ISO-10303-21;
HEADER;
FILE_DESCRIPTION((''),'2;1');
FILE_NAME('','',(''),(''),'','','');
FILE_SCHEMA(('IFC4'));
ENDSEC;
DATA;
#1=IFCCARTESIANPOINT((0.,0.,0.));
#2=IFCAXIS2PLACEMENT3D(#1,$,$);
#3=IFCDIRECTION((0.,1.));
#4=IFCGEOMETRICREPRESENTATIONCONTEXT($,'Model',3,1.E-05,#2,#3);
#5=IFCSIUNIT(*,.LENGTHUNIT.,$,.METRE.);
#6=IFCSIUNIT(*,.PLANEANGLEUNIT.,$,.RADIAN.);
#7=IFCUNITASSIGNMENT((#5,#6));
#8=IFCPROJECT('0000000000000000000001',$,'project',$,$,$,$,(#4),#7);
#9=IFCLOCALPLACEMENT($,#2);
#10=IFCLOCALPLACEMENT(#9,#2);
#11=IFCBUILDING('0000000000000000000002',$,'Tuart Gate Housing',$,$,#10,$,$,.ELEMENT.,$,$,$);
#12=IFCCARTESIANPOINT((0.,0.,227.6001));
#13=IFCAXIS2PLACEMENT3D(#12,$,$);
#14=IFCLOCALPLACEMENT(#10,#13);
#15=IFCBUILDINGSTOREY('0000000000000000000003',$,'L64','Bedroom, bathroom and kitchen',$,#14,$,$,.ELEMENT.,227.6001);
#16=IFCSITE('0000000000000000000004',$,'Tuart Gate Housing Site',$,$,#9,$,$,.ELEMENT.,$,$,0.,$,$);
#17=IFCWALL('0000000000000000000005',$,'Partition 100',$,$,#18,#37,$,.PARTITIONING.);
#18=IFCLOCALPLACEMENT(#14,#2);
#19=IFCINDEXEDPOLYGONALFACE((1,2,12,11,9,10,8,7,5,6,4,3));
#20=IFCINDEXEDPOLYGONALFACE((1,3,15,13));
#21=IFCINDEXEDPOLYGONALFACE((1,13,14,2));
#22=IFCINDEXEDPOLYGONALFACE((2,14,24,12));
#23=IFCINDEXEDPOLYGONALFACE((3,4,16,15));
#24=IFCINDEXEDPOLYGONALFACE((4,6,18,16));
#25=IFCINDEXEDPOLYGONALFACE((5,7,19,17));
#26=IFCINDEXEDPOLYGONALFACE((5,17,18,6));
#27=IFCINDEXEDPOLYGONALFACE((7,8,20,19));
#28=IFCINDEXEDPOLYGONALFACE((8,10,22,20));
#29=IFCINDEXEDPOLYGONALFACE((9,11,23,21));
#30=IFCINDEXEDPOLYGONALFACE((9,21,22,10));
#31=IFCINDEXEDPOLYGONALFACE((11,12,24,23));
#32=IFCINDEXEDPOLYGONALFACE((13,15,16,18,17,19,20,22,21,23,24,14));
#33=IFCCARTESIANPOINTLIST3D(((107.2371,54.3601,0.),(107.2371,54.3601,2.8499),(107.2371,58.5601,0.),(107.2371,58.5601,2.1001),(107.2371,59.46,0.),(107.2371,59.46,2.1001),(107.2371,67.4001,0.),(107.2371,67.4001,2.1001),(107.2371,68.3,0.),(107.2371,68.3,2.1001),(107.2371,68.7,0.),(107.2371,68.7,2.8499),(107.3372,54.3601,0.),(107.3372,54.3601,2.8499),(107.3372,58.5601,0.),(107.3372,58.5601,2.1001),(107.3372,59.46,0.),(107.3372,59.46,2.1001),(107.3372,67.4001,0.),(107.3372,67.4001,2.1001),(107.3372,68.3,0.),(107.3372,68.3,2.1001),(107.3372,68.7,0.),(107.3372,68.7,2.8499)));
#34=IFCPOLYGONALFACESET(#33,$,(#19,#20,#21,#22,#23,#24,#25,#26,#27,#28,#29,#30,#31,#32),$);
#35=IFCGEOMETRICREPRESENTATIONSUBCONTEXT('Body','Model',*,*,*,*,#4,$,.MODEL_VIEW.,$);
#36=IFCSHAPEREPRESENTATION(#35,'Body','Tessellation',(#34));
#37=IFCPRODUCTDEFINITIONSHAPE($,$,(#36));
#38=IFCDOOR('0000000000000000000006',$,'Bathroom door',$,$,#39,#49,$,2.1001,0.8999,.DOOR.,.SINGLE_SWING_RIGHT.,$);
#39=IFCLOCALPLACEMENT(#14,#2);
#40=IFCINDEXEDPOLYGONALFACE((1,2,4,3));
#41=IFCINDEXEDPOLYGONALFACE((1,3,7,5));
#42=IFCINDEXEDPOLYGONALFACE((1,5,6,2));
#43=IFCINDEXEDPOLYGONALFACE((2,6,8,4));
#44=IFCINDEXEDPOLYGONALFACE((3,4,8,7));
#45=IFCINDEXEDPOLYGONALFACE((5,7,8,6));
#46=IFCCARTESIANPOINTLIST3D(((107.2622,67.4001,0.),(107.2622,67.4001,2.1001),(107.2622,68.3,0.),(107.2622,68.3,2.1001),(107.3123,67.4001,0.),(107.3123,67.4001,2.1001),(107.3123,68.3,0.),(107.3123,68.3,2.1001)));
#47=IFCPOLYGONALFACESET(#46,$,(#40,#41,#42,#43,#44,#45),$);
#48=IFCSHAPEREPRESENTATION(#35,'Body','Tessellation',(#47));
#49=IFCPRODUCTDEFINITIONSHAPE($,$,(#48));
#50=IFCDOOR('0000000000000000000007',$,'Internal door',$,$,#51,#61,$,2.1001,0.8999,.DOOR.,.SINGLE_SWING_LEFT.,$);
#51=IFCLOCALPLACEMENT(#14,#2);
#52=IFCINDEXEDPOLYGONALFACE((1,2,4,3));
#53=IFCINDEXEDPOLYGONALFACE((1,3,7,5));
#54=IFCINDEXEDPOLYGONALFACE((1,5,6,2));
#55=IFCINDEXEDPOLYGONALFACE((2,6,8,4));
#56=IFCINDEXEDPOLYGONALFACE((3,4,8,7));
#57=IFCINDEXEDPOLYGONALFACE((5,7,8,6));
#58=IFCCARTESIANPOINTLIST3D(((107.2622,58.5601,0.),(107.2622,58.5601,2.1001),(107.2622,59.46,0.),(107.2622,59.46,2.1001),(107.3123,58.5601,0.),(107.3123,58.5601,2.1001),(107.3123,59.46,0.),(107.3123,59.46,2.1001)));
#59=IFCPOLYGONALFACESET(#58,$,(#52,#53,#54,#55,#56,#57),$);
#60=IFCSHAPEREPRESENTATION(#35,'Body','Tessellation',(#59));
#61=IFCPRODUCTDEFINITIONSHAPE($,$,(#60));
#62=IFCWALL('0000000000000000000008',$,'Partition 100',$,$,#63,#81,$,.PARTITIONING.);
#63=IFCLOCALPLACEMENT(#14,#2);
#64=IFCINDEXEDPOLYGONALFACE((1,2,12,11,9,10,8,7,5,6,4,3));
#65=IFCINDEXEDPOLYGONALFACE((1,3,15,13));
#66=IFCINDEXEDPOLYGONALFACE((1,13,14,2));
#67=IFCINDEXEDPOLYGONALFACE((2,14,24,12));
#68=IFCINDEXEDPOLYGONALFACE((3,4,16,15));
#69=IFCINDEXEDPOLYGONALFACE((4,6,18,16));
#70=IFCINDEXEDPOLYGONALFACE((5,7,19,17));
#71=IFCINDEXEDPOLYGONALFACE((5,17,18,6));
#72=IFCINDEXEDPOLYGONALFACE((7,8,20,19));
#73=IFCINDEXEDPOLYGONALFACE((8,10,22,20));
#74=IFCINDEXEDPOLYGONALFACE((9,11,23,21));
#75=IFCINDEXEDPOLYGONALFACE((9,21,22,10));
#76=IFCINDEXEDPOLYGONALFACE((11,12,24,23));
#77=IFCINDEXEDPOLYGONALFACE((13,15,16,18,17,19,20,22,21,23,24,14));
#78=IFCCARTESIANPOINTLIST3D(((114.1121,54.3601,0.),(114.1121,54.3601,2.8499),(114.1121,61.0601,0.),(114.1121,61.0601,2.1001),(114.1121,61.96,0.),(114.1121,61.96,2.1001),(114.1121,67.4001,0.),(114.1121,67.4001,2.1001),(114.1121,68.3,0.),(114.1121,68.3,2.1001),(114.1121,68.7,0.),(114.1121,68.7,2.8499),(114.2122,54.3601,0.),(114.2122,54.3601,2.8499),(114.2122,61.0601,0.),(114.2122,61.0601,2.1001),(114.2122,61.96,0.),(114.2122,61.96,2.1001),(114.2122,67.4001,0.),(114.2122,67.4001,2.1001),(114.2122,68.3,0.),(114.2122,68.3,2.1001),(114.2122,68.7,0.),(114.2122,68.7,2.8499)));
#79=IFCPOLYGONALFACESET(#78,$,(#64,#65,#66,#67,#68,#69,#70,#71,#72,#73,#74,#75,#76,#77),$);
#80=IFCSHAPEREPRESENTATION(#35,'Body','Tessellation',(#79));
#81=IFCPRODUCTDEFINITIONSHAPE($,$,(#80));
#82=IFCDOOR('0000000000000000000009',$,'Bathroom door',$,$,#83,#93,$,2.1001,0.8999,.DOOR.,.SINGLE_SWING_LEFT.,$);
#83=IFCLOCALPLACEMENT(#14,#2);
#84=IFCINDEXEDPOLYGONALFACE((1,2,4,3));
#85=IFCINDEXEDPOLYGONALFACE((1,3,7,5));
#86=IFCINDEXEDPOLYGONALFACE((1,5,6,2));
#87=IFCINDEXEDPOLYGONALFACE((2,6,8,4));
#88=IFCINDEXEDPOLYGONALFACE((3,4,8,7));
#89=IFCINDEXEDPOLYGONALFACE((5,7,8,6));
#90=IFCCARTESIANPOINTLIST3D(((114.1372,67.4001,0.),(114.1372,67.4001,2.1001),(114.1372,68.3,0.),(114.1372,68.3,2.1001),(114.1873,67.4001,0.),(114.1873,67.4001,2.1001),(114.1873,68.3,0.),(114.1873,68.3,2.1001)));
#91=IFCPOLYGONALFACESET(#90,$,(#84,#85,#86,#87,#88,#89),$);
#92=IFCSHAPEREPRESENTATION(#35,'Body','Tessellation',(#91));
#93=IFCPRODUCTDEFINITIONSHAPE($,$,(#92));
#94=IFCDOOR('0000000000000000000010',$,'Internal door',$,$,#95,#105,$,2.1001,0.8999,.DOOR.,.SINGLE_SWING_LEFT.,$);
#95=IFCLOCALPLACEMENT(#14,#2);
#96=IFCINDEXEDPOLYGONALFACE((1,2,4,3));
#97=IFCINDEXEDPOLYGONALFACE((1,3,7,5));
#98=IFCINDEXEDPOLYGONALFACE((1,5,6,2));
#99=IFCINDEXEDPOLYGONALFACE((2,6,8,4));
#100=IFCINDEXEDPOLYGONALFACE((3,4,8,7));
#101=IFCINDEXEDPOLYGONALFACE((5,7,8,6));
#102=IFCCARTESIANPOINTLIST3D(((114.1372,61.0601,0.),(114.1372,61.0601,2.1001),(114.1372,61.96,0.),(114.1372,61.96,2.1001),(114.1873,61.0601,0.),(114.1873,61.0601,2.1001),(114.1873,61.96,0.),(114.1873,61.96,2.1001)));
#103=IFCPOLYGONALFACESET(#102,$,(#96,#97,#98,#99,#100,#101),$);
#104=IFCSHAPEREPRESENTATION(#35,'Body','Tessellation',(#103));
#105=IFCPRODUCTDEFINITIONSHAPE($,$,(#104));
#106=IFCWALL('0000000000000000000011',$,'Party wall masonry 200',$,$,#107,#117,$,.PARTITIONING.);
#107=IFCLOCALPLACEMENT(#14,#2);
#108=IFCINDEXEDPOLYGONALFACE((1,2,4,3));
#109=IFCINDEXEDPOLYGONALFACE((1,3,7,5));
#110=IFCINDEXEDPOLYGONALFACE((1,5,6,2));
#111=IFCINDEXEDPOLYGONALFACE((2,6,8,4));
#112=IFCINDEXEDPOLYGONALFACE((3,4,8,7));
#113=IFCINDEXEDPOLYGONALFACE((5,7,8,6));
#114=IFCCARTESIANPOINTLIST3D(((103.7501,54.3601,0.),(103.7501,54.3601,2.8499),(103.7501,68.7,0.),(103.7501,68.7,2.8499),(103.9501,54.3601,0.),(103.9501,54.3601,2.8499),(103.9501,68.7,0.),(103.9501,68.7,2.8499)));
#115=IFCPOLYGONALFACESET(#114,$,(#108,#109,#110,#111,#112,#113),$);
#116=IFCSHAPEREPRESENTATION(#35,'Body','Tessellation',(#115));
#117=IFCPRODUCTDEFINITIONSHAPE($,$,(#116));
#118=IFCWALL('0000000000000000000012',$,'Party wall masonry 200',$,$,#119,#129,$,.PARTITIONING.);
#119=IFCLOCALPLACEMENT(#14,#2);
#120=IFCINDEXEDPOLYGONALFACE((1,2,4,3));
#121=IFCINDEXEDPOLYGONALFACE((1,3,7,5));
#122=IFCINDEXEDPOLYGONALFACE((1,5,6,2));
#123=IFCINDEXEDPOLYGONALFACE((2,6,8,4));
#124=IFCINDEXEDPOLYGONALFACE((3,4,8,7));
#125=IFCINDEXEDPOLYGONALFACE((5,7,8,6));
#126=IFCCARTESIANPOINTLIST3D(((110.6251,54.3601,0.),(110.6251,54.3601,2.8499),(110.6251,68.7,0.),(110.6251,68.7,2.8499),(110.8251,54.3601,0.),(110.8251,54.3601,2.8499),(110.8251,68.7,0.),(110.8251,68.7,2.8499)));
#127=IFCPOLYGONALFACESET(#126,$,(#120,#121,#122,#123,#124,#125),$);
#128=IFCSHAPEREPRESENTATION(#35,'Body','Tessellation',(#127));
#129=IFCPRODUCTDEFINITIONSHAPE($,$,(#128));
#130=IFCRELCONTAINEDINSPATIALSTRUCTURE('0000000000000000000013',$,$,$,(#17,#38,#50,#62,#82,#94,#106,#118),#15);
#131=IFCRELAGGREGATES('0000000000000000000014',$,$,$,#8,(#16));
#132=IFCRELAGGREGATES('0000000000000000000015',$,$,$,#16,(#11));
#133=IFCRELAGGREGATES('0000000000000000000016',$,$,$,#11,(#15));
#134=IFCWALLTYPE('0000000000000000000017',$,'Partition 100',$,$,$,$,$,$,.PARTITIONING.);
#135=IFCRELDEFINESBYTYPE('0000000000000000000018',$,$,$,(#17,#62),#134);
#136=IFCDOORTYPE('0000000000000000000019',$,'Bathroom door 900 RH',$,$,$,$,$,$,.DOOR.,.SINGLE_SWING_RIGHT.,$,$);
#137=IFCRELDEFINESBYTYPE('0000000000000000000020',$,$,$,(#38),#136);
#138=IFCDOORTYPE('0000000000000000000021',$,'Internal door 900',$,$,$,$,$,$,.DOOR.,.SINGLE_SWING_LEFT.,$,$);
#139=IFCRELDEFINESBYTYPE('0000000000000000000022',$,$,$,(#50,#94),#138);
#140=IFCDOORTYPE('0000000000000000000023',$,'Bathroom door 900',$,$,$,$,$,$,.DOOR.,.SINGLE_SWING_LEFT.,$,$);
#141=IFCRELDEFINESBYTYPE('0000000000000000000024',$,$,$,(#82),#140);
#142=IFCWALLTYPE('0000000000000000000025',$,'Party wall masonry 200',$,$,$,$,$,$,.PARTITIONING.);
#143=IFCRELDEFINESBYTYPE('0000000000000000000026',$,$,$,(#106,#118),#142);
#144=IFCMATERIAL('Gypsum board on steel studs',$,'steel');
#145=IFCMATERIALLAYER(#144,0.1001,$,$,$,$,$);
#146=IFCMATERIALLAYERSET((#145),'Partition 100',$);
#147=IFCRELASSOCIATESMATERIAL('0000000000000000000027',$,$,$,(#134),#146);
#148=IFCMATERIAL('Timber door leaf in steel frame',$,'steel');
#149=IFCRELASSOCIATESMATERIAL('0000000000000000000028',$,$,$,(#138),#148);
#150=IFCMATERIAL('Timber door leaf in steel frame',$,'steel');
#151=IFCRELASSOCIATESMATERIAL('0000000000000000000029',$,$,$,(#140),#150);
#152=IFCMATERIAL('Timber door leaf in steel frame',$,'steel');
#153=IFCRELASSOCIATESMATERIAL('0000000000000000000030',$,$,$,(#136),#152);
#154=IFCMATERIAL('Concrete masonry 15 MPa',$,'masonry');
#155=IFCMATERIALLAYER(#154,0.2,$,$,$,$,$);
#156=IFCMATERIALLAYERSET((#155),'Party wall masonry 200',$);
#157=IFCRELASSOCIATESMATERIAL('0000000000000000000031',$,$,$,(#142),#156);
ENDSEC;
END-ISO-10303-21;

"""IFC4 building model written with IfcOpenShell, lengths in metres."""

from ifc_helpers import new_model, si_unit, direction, frame, frame_2d, origin, place, context, subcontext, project, spatial, rectangle, extrude, material, layer, layer_set, type_object, element, fill, save


model = new_model("IFC4")

# Units and contexts
model_context = context("Model", 3, precision=1e-05, world=origin(), true_north=direction((0.0, 1.0)))
body_context = subcontext(model_context, "Body", "Model", "MODEL_VIEW")
ifc_project = project(units=[si_unit("LENGTHUNIT", "METRE"), si_unit("PLANEANGLEUNIT", "RADIAN")], contexts=[model_context])

# Site, building, storey
site_placement = place(None, origin())
site = spatial("IfcSite", under=ifc_project, at=site_placement, Name="Tuart Gate Housing Site", CompositionType="ELEMENT", RefElevation=0.0)
building_placement = place(site_placement, origin())
building = spatial("IfcBuilding", under=site, at=building_placement, Name="Tuart Gate Housing", CompositionType="ELEMENT")
storey_placement = place(building_placement, frame((0.0, 0.0, 227.6001)))
storey = spatial("IfcBuildingStorey", under=building, at=storey_placement, Name="L64", Description="Bedroom, bathroom and kitchen", CompositionType="ELEMENT", Elevation=227.6001)

# Shared definitions
ifc_material_1 = material(Name="Gypsum board on steel studs", Category="steel")
ifc_layer_1 = layer(ifc_material_1, 0.1001)
ifc_layer_set_1 = layer_set([ifc_layer_1], Name="Partition 100")
wall_type_1 = type_object("IfcWallType", Name="Partition 100", PredefinedType="PARTITIONING", material=ifc_layer_set_1)
ifc_material_2 = material(Name="Timber door leaf in steel frame", Category="steel")
door_type_1 = type_object("IfcDoorType", Name="Internal door 900", OperationType="SINGLE_SWING_LEFT", PredefinedType="DOOR", material=ifc_material_2)

# Walls, openings, doors
ifc_material_3 = material(Name="Timber door leaf in steel frame", Category="steel")
door_type_2 = type_object("IfcDoorType", Name="Bathroom door 900", OperationType="SINGLE_SWING_LEFT", PredefinedType="DOOR", material=ifc_material_3)
wall_1_placement = place(storey_placement, frame((107.2871, 54.3601, 0.0), z_axis=(0.0, 0.0, 1.0), x_axis=(0.0, 1.0, 0.0)))
wall_1 = element("IfcWall", 1, at=wall_1_placement, inside=storey, type_object=wall_type_1, Name="Partition 100", PredefinedType="PARTITIONING", context=body_context, shape_type="SweptSolid", body=[
    extrude(rectangle(XDim=14.3398, YDim=0.1001, at=frame_2d((7.1699, 0.0))), origin(), (0.0, 0.0, 1.0), 2.8499),
])
opening_1_placement = place(wall_1_placement, frame((4.2, 0.0, 0.0)))
opening_1 = element("IfcOpeningElement", 2, at=opening_1_placement, cuts=wall_1, PredefinedType="OPENING", context=body_context, shape_type="SweptSolid", body=[
    extrude(rectangle(XDim=0.8999, YDim=2.1001, at=frame_2d((0.45, 1.05))), frame((0.0, 0.0601, 0.0), z_axis=(0.0, -1.0, 0.0), x_axis=(1.0, 0.0, 0.0)), (0.0, 0.0, 1.0), 0.1201),
])
opening_2_placement = place(wall_1_placement, frame((13.04, 0.0, 0.0)))
opening_2 = element("IfcOpeningElement", 3, at=opening_2_placement, cuts=wall_1, PredefinedType="OPENING", context=body_context, shape_type="SweptSolid", body=[
    extrude(rectangle(XDim=0.8999, YDim=2.1001, at=frame_2d((0.45, 1.05))), frame((0.0, 0.0601, 0.0), z_axis=(0.0, -1.0, 0.0), x_axis=(1.0, 0.0, 0.0)), (0.0, 0.0, 1.0), 0.1201),
])
ifc_material_4 = material(Name="Timber door leaf in steel frame", Category="steel")
door_type_3 = type_object("IfcDoorType", Name="Bathroom door 900 RH", OperationType="SINGLE_SWING_RIGHT", PredefinedType="DOOR", material=ifc_material_4)
door_1_placement = place(opening_2_placement, origin())
door_1 = element("IfcDoor", 4, at=door_1_placement, inside=storey, type_object=door_type_3, Name="Bathroom door", OperationType="SINGLE_SWING_RIGHT", OverallHeight=2.1001, OverallWidth=0.8999, PredefinedType="DOOR", context=body_context, shape_type="SweptSolid", body=[
    extrude(rectangle(XDim=0.8999, YDim=2.1001, at=frame_2d((0.45, 1.05))), frame((0.0, 0.0249, 0.0), z_axis=(0.0, -1.0, 0.0), x_axis=(1.0, 0.0, 0.0)), (0.0, 0.0, 1.0), 0.05),
])
fill(opening_2, door_1)
door_2_placement = place(opening_1_placement, origin())
door_2 = element("IfcDoor", 5, at=door_2_placement, inside=storey, type_object=door_type_1, Name="Internal door", OperationType="SINGLE_SWING_LEFT", OverallHeight=2.1001, OverallWidth=0.8999, PredefinedType="DOOR", context=body_context, shape_type="SweptSolid", body=[
    extrude(rectangle(XDim=0.8999, YDim=2.1001, at=frame_2d((0.45, 1.05))), frame((0.0, 0.0249, 0.0), z_axis=(0.0, -1.0, 0.0), x_axis=(1.0, 0.0, 0.0)), (0.0, 0.0, 1.0), 0.05),
])
fill(opening_1, door_2)
wall_2_placement = place(storey_placement, frame((114.1621, 54.3601, 0.0), z_axis=(0.0, 0.0, 1.0), x_axis=(0.0, 1.0, 0.0)))
wall_2 = element("IfcWall", 6, at=wall_2_placement, inside=storey, type_object=wall_type_1, Name="Partition 100", PredefinedType="PARTITIONING", context=body_context, shape_type="SweptSolid", body=[
    extrude(rectangle(XDim=14.3398, YDim=0.1001, at=frame_2d((7.1699, 0.0))), origin(), (0.0, 0.0, 1.0), 2.8499),
])
opening_3_placement = place(wall_2_placement, frame((6.7, 0.0, 0.0)))
opening_3 = element("IfcOpeningElement", 7, at=opening_3_placement, cuts=wall_2, PredefinedType="OPENING", context=body_context, shape_type="SweptSolid", body=[
    extrude(rectangle(XDim=0.8999, YDim=2.1001, at=frame_2d((0.45, 1.05))), frame((0.0, 0.0601, 0.0), z_axis=(0.0, -1.0, 0.0), x_axis=(1.0, 0.0, 0.0)), (0.0, 0.0, 1.0), 0.1201),
])
opening_4_placement = place(wall_2_placement, frame((13.04, 0.0, 0.0)))
opening_4 = element("IfcOpeningElement", 8, at=opening_4_placement, cuts=wall_2, PredefinedType="OPENING", context=body_context, shape_type="SweptSolid", body=[
    extrude(rectangle(XDim=0.8999, YDim=2.1001, at=frame_2d((0.45, 1.05))), frame((0.0, 0.0601, 0.0), z_axis=(0.0, -1.0, 0.0), x_axis=(1.0, 0.0, 0.0)), (0.0, 0.0, 1.0), 0.1201),
])
door_3_placement = place(opening_4_placement, frame((0.8999, 0.0, 0.0), z_axis=(0.0, 0.0, 1.0), x_axis=(-1.0, 0.0, 0.0)))
door_3 = element("IfcDoor", 9, at=door_3_placement, inside=storey, type_object=door_type_2, Name="Bathroom door", OperationType="SINGLE_SWING_LEFT", OverallHeight=2.1001, OverallWidth=0.8999, PredefinedType="DOOR", context=body_context, shape_type="SweptSolid", body=[
    extrude(rectangle(XDim=0.8999, YDim=2.1001, at=frame_2d((0.45, 1.05))), frame((0.0, 0.0251, 0.0), z_axis=(0.0, -1.0, 0.0), x_axis=(1.0, 0.0, 0.0)), (0.0, 0.0, 1.0), 0.05),
])
fill(opening_4, door_3)
door_4_placement = place(opening_3_placement, frame((0.8999, 0.0, 0.0), z_axis=(0.0, 0.0, 1.0), x_axis=(-1.0, 0.0, 0.0)))
door_4 = element("IfcDoor", 10, at=door_4_placement, inside=storey, type_object=door_type_1, Name="Internal door", OperationType="SINGLE_SWING_LEFT", OverallHeight=2.1001, OverallWidth=0.8999, PredefinedType="DOOR", context=body_context, shape_type="SweptSolid", body=[
    extrude(rectangle(XDim=0.8999, YDim=2.1001, at=frame_2d((0.45, 1.05))), frame((0.0, 0.0251, 0.0), z_axis=(0.0, -1.0, 0.0), x_axis=(1.0, 0.0, 0.0)), (0.0, 0.0, 1.0), 0.05),
])
fill(opening_3, door_4)

# Walls
ifc_material_5 = material(Name="Concrete masonry 15 MPa", Category="masonry")
ifc_layer_2 = layer(ifc_material_5, 0.2)
ifc_layer_set_2 = layer_set([ifc_layer_2], Name="Party wall masonry 200")
wall_type_2 = type_object("IfcWallType", Name="Party wall masonry 200", PredefinedType="PARTITIONING", material=ifc_layer_set_2)
for number, where, z_axis, x_axis, name in (
    (11, (103.8501, 54.3601, 0.0), (0.0, 0.0, 1.0), (0.0, 1.0, 0.0), "Party wall masonry 200"),
    (12, (110.7251, 54.3601, 0.0), (0.0, 0.0, 1.0), (0.0, 1.0, 0.0), "Party wall masonry 200"),
):
    element("IfcWall", number, at=place(storey_placement, frame(where, z_axis=z_axis, x_axis=x_axis)), inside=storey, type_object=wall_type_2, Name=name, PredefinedType="PARTITIONING", context=body_context, shape_type="SweptSolid", body=[
        extrude(rectangle(XDim=14.3398, YDim=0.2, at=frame_2d((7.1699, 0.0))), origin(), (0.0, 0.0, 1.0), 2.8499),
    ])

save(model, "model.ifc")
